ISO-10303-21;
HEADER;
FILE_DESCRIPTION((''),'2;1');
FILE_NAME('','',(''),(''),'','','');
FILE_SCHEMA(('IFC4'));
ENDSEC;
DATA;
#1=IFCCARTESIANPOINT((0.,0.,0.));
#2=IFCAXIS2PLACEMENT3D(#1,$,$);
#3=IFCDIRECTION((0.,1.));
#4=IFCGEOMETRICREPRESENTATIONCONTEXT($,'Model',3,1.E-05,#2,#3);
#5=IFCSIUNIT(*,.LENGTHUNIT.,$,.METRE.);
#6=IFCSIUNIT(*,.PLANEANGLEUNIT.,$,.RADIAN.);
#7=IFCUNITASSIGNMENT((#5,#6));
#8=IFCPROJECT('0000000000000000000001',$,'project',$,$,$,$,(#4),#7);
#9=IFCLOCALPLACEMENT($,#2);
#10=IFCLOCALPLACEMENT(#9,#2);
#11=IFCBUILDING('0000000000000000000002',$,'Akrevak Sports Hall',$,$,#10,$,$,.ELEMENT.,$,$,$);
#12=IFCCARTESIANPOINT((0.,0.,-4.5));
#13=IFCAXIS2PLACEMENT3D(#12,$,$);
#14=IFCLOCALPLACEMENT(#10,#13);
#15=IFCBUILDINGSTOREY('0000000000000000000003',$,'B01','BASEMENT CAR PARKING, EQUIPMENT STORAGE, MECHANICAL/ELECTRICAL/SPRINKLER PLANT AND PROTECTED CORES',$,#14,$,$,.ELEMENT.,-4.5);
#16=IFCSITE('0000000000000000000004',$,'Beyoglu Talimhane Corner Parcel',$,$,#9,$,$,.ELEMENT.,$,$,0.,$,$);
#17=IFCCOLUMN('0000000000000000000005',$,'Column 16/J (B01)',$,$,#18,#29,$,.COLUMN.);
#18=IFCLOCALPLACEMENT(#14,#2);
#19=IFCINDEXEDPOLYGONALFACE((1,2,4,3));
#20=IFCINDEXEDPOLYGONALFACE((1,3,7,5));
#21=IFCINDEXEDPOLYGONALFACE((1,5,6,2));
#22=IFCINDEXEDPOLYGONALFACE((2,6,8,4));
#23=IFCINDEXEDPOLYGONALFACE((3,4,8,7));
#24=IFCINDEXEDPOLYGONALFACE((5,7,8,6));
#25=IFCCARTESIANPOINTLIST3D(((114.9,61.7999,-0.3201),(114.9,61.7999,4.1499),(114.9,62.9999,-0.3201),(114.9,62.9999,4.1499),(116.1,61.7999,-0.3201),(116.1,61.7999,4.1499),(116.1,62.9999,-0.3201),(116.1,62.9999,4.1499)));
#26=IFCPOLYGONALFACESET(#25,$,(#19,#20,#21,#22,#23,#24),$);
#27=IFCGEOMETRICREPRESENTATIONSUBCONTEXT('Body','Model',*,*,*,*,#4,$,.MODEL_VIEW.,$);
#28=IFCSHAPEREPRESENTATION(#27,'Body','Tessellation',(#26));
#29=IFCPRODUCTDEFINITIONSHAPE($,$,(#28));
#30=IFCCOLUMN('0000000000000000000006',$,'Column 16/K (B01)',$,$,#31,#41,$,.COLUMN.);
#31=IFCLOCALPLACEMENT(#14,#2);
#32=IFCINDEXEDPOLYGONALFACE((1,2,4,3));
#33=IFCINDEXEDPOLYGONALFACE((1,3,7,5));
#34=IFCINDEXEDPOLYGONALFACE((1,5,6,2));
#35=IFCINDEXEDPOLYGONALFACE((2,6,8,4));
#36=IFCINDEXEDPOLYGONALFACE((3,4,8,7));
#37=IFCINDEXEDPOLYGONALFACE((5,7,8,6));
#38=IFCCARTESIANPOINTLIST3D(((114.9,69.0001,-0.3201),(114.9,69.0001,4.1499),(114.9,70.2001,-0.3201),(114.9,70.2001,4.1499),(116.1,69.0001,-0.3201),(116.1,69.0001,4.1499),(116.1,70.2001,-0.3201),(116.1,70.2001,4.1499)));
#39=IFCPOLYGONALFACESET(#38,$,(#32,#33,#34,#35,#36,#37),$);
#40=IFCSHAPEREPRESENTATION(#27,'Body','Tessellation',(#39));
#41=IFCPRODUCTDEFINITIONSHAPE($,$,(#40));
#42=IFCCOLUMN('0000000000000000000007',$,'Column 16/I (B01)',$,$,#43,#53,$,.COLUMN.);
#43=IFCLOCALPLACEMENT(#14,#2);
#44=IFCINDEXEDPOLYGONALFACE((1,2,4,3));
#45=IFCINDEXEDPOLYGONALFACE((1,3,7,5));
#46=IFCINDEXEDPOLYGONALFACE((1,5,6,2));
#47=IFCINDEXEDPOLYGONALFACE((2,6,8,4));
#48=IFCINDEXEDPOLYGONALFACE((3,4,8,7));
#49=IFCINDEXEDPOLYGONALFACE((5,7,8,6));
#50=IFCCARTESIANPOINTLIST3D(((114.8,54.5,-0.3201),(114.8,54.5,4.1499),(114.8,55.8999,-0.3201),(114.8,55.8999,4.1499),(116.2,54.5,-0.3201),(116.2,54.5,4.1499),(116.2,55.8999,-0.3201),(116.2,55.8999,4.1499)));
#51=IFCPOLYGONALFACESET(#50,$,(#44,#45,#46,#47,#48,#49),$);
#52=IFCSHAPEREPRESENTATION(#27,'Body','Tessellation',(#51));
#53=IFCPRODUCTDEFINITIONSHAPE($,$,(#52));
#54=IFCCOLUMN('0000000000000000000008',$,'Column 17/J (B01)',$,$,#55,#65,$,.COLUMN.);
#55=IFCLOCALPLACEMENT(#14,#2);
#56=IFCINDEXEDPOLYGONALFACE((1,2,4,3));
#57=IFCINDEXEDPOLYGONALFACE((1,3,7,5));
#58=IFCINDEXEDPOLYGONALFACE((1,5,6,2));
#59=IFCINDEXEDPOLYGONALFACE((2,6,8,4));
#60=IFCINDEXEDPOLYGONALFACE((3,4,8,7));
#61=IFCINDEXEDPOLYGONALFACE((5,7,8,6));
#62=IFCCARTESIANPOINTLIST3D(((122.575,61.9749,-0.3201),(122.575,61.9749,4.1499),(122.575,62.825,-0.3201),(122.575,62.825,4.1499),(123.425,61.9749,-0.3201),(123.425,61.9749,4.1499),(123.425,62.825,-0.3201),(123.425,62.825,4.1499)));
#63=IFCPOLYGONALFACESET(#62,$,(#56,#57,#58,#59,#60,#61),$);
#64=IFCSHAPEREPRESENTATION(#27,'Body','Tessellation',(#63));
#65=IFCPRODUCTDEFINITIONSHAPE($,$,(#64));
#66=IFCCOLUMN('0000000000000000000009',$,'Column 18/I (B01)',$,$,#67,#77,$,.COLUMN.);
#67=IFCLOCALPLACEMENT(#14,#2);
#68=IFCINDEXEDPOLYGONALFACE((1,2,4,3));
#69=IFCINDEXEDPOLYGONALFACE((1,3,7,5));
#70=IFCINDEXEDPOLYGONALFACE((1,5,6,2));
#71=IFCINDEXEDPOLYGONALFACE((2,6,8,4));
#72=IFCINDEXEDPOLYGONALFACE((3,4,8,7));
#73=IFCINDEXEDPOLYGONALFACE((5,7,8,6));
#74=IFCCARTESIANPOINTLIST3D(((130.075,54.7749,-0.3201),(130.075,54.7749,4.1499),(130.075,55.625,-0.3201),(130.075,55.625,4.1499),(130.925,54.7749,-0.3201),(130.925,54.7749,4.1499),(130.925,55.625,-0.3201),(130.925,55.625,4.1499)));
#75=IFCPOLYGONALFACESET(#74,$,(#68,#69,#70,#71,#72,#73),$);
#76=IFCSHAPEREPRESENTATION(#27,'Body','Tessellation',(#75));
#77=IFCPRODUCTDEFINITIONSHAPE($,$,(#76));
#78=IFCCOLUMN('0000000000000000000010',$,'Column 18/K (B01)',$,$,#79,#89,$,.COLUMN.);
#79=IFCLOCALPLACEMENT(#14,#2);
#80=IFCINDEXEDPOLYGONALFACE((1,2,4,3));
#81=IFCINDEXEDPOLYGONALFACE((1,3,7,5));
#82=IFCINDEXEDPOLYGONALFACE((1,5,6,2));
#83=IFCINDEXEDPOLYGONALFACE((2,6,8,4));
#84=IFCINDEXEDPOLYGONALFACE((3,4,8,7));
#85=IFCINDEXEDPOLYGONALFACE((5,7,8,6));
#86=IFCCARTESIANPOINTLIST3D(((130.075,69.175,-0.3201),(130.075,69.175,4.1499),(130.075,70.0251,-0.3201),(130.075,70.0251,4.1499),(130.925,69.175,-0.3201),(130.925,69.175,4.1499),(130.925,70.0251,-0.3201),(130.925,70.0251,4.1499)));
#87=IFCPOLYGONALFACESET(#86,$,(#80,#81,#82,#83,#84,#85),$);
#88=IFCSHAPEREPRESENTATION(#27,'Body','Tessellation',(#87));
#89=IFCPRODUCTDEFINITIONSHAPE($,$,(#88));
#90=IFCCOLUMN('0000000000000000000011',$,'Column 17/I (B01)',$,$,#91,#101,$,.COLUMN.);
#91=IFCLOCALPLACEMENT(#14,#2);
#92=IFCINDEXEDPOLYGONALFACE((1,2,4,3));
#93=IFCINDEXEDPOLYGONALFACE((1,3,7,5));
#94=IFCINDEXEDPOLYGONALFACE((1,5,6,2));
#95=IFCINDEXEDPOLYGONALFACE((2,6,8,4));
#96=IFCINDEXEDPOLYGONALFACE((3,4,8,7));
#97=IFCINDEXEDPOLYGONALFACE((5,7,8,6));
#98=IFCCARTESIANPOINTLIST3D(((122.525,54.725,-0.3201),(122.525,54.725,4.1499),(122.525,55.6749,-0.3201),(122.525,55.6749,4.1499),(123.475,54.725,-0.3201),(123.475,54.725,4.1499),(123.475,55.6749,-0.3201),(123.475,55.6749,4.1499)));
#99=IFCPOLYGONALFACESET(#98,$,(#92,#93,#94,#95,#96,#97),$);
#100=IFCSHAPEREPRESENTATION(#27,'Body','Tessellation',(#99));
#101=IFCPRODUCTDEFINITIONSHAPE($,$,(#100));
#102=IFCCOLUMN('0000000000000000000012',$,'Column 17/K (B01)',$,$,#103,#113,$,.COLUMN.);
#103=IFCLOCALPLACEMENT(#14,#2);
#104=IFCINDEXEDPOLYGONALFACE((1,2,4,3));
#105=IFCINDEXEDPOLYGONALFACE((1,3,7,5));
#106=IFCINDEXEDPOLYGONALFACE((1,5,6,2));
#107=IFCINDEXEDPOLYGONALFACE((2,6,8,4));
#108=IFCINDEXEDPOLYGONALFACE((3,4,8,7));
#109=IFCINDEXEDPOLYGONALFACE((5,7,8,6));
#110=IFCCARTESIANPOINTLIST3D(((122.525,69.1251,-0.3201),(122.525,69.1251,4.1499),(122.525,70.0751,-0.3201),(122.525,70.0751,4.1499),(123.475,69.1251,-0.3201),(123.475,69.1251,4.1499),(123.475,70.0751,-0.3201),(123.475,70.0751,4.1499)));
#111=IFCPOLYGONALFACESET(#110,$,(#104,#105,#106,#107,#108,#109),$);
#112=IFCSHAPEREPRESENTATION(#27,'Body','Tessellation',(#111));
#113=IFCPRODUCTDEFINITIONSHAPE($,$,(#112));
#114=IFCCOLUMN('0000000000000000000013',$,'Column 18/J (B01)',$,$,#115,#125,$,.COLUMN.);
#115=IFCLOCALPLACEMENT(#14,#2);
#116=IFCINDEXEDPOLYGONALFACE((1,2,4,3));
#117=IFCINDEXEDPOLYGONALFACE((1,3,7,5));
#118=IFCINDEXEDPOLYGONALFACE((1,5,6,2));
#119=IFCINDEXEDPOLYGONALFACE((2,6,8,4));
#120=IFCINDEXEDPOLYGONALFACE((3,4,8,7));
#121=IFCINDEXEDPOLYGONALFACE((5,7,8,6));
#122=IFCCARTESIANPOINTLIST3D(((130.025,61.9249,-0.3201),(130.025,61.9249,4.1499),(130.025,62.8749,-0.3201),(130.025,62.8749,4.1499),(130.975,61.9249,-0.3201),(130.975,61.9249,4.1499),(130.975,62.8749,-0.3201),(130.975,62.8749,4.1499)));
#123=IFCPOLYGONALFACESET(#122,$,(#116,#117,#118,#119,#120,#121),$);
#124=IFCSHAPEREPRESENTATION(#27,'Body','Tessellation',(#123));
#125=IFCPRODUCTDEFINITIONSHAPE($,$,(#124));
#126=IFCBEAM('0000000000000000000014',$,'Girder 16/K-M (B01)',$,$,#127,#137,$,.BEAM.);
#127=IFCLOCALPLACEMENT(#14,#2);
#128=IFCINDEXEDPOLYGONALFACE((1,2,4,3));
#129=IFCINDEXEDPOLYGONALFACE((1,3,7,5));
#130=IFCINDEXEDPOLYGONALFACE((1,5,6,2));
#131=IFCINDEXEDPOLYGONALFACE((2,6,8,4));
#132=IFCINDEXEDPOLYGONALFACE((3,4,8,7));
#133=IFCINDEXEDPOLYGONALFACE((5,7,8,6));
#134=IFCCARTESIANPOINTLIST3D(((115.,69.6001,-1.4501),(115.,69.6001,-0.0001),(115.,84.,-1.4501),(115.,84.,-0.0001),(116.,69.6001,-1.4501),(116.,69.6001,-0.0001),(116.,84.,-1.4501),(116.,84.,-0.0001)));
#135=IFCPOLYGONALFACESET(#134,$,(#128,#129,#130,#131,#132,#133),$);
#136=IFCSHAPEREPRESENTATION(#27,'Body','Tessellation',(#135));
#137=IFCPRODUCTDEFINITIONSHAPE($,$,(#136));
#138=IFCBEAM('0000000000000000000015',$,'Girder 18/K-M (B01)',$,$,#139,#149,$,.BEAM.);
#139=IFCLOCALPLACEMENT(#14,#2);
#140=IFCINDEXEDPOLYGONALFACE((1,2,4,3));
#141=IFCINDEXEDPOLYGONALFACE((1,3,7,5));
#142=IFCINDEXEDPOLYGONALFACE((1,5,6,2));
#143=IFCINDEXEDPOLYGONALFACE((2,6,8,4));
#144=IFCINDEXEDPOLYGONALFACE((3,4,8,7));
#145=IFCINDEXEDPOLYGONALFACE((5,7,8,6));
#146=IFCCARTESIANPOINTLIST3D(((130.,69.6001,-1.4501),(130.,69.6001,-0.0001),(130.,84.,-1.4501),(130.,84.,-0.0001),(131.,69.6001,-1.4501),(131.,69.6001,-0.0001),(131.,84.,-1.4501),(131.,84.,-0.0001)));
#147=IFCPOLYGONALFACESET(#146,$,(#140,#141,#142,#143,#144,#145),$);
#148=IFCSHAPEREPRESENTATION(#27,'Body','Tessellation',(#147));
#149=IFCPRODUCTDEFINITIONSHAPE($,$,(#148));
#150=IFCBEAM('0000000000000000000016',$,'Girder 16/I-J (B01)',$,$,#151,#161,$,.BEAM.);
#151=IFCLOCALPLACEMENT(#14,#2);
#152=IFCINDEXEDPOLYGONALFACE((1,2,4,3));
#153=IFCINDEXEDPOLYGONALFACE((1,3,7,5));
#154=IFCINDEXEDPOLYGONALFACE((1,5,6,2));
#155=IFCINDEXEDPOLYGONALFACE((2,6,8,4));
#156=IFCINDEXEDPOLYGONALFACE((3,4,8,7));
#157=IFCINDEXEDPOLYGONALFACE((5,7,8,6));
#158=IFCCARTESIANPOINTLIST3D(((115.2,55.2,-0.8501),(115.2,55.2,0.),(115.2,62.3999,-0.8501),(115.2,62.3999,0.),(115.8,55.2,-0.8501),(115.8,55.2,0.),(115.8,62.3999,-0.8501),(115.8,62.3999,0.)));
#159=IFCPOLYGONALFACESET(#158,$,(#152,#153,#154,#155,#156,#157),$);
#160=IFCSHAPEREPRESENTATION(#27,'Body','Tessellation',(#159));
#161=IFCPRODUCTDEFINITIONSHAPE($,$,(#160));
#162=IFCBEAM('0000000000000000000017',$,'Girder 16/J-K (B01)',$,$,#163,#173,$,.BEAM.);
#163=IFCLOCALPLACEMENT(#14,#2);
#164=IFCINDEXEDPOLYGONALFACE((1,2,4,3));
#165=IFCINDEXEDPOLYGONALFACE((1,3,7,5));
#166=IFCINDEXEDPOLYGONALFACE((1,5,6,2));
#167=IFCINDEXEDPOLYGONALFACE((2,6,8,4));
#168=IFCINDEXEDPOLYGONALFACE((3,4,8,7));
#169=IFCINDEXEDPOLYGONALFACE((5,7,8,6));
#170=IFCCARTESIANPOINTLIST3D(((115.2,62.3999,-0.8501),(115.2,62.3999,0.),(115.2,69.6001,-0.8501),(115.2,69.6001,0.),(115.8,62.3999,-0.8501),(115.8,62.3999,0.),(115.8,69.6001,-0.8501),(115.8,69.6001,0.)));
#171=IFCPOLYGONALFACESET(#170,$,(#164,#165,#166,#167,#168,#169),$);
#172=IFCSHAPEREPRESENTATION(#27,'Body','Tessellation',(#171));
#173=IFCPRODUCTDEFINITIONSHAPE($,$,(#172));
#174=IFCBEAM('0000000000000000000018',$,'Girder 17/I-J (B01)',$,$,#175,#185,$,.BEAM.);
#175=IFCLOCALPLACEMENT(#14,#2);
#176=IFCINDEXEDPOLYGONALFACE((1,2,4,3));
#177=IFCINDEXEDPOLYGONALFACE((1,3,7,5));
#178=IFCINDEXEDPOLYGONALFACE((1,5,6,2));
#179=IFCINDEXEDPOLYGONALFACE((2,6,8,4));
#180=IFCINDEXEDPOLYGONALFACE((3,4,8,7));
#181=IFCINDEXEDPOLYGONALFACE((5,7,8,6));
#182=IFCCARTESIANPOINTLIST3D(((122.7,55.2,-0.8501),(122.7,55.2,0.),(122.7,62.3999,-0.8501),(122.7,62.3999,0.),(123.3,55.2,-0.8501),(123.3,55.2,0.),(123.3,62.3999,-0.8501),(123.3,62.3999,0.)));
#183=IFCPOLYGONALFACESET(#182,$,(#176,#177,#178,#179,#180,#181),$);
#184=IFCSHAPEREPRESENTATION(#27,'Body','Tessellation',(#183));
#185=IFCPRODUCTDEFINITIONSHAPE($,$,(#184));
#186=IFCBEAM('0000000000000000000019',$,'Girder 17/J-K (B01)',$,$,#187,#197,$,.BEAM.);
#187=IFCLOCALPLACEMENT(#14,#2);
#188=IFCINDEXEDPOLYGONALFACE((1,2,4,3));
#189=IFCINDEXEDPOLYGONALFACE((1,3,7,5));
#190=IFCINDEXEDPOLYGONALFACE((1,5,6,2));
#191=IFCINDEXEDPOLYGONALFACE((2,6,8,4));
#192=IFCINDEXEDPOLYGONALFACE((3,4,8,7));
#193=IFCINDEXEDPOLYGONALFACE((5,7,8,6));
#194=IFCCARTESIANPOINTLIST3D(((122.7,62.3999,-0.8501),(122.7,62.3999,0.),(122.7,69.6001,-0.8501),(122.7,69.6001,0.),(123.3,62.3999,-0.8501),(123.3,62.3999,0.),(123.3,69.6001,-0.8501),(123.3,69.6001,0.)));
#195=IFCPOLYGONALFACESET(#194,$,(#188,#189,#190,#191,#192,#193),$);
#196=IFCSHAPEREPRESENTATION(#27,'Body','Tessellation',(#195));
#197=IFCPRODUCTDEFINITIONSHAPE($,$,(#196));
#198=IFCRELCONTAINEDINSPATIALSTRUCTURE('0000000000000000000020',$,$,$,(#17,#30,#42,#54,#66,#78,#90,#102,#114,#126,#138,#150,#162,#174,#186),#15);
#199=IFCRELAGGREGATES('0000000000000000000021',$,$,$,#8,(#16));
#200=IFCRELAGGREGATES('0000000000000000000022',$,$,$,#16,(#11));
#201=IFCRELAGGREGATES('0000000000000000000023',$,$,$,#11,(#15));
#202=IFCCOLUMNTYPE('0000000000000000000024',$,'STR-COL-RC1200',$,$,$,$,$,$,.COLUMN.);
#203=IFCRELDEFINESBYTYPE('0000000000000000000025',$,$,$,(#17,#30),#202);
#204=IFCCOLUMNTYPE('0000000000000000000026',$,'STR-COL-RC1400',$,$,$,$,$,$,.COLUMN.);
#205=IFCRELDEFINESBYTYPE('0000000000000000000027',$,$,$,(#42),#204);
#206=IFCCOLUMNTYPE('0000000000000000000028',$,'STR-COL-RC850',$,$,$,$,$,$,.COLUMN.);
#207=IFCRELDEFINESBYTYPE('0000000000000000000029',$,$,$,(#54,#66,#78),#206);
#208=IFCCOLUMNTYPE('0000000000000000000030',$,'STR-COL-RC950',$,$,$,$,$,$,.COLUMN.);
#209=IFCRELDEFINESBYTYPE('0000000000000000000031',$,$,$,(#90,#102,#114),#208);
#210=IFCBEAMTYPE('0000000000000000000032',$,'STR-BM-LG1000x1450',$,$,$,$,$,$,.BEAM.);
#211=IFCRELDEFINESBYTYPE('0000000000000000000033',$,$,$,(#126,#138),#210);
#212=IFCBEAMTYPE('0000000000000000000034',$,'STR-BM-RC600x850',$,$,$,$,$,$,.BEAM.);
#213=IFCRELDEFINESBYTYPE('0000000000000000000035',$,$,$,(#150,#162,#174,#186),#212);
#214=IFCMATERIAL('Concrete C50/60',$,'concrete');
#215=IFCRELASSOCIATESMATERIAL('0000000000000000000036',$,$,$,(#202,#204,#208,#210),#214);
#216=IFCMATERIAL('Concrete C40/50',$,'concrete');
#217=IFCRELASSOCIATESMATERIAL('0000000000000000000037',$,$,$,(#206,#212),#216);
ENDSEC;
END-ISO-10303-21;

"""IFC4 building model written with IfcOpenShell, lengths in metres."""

from ifc_helpers import new_model, si_unit, direction, frame, origin, origin_2d, place, context, subcontext, project, spatial, rectangle, extrude, material, material_profile, profile_set, type_object, element, save


model = new_model("IFC4")

# Units and contexts
model_context = context("Model", 3, precision=1e-05, world=origin(), true_north=direction((0.0, 1.0)))
body_context = subcontext(model_context, "Body", "Model", "MODEL_VIEW")
ifc_project = project(units=[si_unit("LENGTHUNIT", "METRE"), si_unit("PLANEANGLEUNIT", "RADIAN")], contexts=[model_context])

# Site, building, storey
site_placement = place(None, origin())
site = spatial("IfcSite", under=ifc_project, at=site_placement, Name="Beyoglu Talimhane Corner Parcel", CompositionType="ELEMENT", RefElevation=0.0)
building_placement = place(site_placement, origin())
building = spatial("IfcBuilding", under=site, at=building_placement, Name="Akrevak Sports Hall", CompositionType="ELEMENT")
storey_placement = place(building_placement, frame((0.0, 0.0, -4.5)))
storey = spatial("IfcBuildingStorey", under=building, at=storey_placement, Name="B01", Description="BASEMENT CAR PARKING, EQUIPMENT STORAGE, MECHANICAL/ELECTRICAL/SPRINKLER PLANT AND PROTECTED CORES", CompositionType="ELEMENT", Elevation=-4.5)

# Columns
ifc_material_1 = material(Name="Concrete C50/60", Category="concrete")
ifc_material_profile_1 = material_profile(ifc_material_1, rectangle(XDim=1.2, YDim=1.2, at=origin_2d()), Name="RC 1200x1200", Category="concrete")
ifc_profile_set_1 = profile_set([ifc_material_profile_1], Name="Concrete C50/60")
column_type_1 = type_object("IfcColumnType", Name="STR-COL-RC1200", PredefinedType="COLUMN", material=ifc_profile_set_1)
for number, where, z_axis, x_axis, name in (
    (1, (115.5, 62.3999, -0.3201), (0.0, 0.0, 1.0), (1.0, 0.0, 0.0), "Column 16/J (B01)"),
    (2, (115.5, 69.6001, -0.3201), (0.0, 0.0, 1.0), (1.0, 0.0, 0.0), "Column 16/K (B01)"),
):
    element("IfcColumn", number, at=place(storey_placement, frame(where, z_axis=z_axis, x_axis=x_axis)), inside=storey, type_object=column_type_1, Name=name, PredefinedType="COLUMN", context=body_context, shape_type="SweptSolid", body=[
        extrude(rectangle(XDim=1.2, YDim=1.2, at=origin_2d()), origin(), (0.0, 0.0, 1.0), 4.47),
    ])
ifc_material_profile_2 = material_profile(ifc_material_1, rectangle(XDim=1.3999, YDim=1.3999, at=origin_2d()), Name="RC 1400x1400", Category="concrete")
ifc_profile_set_2 = profile_set([ifc_material_profile_2], Name="Concrete C50/60")
column_type_2 = type_object("IfcColumnType", Name="STR-COL-RC1400", PredefinedType="COLUMN", material=ifc_profile_set_2)
column_placement = place(storey_placement, frame((115.5, 55.2, -0.3201), z_axis=(0.0, 0.0, 1.0), x_axis=(1.0, 0.0, 0.0)))
element("IfcColumn", 3, at=column_placement, inside=storey, type_object=column_type_2, Name="Column 16/I (B01)", PredefinedType="COLUMN", context=body_context, shape_type="SweptSolid", body=[
    extrude(rectangle(XDim=1.3999, YDim=1.3999, at=origin_2d()), origin(), (0.0, 0.0, 1.0), 4.47),
])
ifc_material_2 = material(Name="Concrete C40/50", Category="concrete")
ifc_material_profile_3 = material_profile(ifc_material_2, rectangle(XDim=0.8501, YDim=0.8501, at=origin_2d()), Name="RC 850x850", Category="concrete")
ifc_profile_set_3 = profile_set([ifc_material_profile_3], Name="Concrete C40/50")
column_type_3 = type_object("IfcColumnType", Name="STR-COL-RC850", PredefinedType="COLUMN", material=ifc_profile_set_3)
for number, where, z_axis, x_axis, name in (
    (4, (123.0, 62.3999, -0.3201), (0.0, 0.0, 1.0), (1.0, 0.0, 0.0), "Column 17/J (B01)"),
    (5, (130.5, 55.2, -0.3201), (0.0, 0.0, 1.0), (1.0, 0.0, 0.0), "Column 18/I (B01)"),
    (6, (130.5, 69.6001, -0.3201), (0.0, 0.0, 1.0), (1.0, 0.0, 0.0), "Column 18/K (B01)"),
):
    element("IfcColumn", number, at=place(storey_placement, frame(where, z_axis=z_axis, x_axis=x_axis)), inside=storey, type_object=column_type_3, Name=name, PredefinedType="COLUMN", context=body_context, shape_type="SweptSolid", body=[
        extrude(rectangle(XDim=0.8501, YDim=0.8501, at=origin_2d()), origin(), (0.0, 0.0, 1.0), 4.47),
    ])
ifc_material_profile_4 = material_profile(ifc_material_1, rectangle(XDim=0.95, YDim=0.95, at=origin_2d()), Name="RC 950x950", Category="concrete")
ifc_profile_set_4 = profile_set([ifc_material_profile_4], Name="Concrete C50/60")
column_type_4 = type_object("IfcColumnType", Name="STR-COL-RC950", PredefinedType="COLUMN", material=ifc_profile_set_4)
for number, where, z_axis, x_axis, name in (
    (7, (123.0, 55.2, -0.3201), (0.0, 0.0, 1.0), (1.0, 0.0, 0.0), "Column 17/I (B01)"),
    (8, (123.0, 69.6001, -0.3201), (0.0, 0.0, 1.0), (1.0, 0.0, 0.0), "Column 17/K (B01)"),
    (9, (130.5, 62.3999, -0.3201), (0.0, 0.0, 1.0), (1.0, 0.0, 0.0), "Column 18/J (B01)"),
):
    element("IfcColumn", number, at=place(storey_placement, frame(where, z_axis=z_axis, x_axis=x_axis)), inside=storey, type_object=column_type_4, Name=name, PredefinedType="COLUMN", context=body_context, shape_type="SweptSolid", body=[
        extrude(rectangle(XDim=0.95, YDim=0.95, at=origin_2d()), origin(), (0.0, 0.0, 1.0), 4.47),
    ])

# Beams
ifc_material_profile_5 = material_profile(ifc_material_1, rectangle(XDim=1.0, YDim=1.45, at=origin_2d()), Name="BM 1000x1450", Category="concrete")
ifc_profile_set_5 = profile_set([ifc_material_profile_5], Name="Concrete C50/60")
beam_type_1 = type_object("IfcBeamType", Name="STR-BM-LG1000x1450", PredefinedType="BEAM", material=ifc_profile_set_5)
for number, where, z_axis, x_axis, name in (
    (10, (115.5, 69.6001, -0.7251), (0.0, 1.0, 0.0), (-1.0, 0.0, 0.0), "Girder 16/K-M (B01)"),
    (11, (130.5, 69.6001, -0.7251), (0.0, 1.0, 0.0), (-1.0, 0.0, 0.0), "Girder 18/K-M (B01)"),
):
    element("IfcBeam", number, at=place(storey_placement, frame(where, z_axis=z_axis, x_axis=x_axis)), inside=storey, type_object=beam_type_1, Name=name, PredefinedType="BEAM", context=body_context, shape_type="SweptSolid", body=[
        extrude(rectangle(XDim=1.0, YDim=1.45, at=origin_2d()), origin(), (0.0, 0.0, 1.0), 14.3999),
    ])
ifc_material_profile_6 = material_profile(ifc_material_2, rectangle(XDim=0.6001, YDim=0.8501, at=origin_2d()), Name="BM 600x850", Category="concrete")
ifc_profile_set_6 = profile_set([ifc_material_profile_6], Name="Concrete C40/50")
beam_type_2 = type_object("IfcBeamType", Name="STR-BM-RC600x850", PredefinedType="BEAM", material=ifc_profile_set_6)
beam_1_placement = place(storey_placement, frame((115.5, 55.2, -0.425), z_axis=(0.0, 1.0, 0.0), x_axis=(-1.0, 0.0, 0.0)))
element("IfcBeam", 12, at=beam_1_placement, inside=storey, type_object=beam_type_2, Name="Girder 16/I-J (B01)", PredefinedType="BEAM", context=body_context, shape_type="SweptSolid", body=[
    extrude(rectangle(XDim=0.6001, YDim=0.8501, at=origin_2d()), origin(), (0.0, 0.0, 1.0), 7.2),
])
beam_2_placement = place(storey_placement, frame((115.5, 62.3999, -0.425), z_axis=(0.0, 1.0, 0.0), x_axis=(-1.0, 0.0, 0.0)))
element("IfcBeam", 13, at=beam_2_placement, inside=storey, type_object=beam_type_2, Name="Girder 16/J-K (B01)", PredefinedType="BEAM", context=body_context, shape_type="SweptSolid", body=[
    extrude(rectangle(XDim=0.6001, YDim=0.8501, at=origin_2d()), origin(), (0.0, 0.0, 1.0), 7.2002),
])
beam_3_placement = place(storey_placement, frame((123.0, 55.2, -0.425), z_axis=(0.0, 1.0, 0.0), x_axis=(-1.0, 0.0, 0.0)))
element("IfcBeam", 14, at=beam_3_placement, inside=storey, type_object=beam_type_2, Name="Girder 17/I-J (B01)", PredefinedType="BEAM", context=body_context, shape_type="SweptSolid", body=[
    extrude(rectangle(XDim=0.6001, YDim=0.8501, at=origin_2d()), origin(), (0.0, 0.0, 1.0), 7.2),
])
beam_4_placement = place(storey_placement, frame((123.0, 62.3999, -0.425), z_axis=(0.0, 1.0, 0.0), x_axis=(-1.0, 0.0, 0.0)))
element("IfcBeam", 15, at=beam_4_placement, inside=storey, type_object=beam_type_2, Name="Girder 17/J-K (B01)", PredefinedType="BEAM", context=body_context, shape_type="SweptSolid", body=[
    extrude(rectangle(XDim=0.6001, YDim=0.8501, at=origin_2d()), origin(), (0.0, 0.0, 1.0), 7.2002),
])

save(model, "model.ifc")
